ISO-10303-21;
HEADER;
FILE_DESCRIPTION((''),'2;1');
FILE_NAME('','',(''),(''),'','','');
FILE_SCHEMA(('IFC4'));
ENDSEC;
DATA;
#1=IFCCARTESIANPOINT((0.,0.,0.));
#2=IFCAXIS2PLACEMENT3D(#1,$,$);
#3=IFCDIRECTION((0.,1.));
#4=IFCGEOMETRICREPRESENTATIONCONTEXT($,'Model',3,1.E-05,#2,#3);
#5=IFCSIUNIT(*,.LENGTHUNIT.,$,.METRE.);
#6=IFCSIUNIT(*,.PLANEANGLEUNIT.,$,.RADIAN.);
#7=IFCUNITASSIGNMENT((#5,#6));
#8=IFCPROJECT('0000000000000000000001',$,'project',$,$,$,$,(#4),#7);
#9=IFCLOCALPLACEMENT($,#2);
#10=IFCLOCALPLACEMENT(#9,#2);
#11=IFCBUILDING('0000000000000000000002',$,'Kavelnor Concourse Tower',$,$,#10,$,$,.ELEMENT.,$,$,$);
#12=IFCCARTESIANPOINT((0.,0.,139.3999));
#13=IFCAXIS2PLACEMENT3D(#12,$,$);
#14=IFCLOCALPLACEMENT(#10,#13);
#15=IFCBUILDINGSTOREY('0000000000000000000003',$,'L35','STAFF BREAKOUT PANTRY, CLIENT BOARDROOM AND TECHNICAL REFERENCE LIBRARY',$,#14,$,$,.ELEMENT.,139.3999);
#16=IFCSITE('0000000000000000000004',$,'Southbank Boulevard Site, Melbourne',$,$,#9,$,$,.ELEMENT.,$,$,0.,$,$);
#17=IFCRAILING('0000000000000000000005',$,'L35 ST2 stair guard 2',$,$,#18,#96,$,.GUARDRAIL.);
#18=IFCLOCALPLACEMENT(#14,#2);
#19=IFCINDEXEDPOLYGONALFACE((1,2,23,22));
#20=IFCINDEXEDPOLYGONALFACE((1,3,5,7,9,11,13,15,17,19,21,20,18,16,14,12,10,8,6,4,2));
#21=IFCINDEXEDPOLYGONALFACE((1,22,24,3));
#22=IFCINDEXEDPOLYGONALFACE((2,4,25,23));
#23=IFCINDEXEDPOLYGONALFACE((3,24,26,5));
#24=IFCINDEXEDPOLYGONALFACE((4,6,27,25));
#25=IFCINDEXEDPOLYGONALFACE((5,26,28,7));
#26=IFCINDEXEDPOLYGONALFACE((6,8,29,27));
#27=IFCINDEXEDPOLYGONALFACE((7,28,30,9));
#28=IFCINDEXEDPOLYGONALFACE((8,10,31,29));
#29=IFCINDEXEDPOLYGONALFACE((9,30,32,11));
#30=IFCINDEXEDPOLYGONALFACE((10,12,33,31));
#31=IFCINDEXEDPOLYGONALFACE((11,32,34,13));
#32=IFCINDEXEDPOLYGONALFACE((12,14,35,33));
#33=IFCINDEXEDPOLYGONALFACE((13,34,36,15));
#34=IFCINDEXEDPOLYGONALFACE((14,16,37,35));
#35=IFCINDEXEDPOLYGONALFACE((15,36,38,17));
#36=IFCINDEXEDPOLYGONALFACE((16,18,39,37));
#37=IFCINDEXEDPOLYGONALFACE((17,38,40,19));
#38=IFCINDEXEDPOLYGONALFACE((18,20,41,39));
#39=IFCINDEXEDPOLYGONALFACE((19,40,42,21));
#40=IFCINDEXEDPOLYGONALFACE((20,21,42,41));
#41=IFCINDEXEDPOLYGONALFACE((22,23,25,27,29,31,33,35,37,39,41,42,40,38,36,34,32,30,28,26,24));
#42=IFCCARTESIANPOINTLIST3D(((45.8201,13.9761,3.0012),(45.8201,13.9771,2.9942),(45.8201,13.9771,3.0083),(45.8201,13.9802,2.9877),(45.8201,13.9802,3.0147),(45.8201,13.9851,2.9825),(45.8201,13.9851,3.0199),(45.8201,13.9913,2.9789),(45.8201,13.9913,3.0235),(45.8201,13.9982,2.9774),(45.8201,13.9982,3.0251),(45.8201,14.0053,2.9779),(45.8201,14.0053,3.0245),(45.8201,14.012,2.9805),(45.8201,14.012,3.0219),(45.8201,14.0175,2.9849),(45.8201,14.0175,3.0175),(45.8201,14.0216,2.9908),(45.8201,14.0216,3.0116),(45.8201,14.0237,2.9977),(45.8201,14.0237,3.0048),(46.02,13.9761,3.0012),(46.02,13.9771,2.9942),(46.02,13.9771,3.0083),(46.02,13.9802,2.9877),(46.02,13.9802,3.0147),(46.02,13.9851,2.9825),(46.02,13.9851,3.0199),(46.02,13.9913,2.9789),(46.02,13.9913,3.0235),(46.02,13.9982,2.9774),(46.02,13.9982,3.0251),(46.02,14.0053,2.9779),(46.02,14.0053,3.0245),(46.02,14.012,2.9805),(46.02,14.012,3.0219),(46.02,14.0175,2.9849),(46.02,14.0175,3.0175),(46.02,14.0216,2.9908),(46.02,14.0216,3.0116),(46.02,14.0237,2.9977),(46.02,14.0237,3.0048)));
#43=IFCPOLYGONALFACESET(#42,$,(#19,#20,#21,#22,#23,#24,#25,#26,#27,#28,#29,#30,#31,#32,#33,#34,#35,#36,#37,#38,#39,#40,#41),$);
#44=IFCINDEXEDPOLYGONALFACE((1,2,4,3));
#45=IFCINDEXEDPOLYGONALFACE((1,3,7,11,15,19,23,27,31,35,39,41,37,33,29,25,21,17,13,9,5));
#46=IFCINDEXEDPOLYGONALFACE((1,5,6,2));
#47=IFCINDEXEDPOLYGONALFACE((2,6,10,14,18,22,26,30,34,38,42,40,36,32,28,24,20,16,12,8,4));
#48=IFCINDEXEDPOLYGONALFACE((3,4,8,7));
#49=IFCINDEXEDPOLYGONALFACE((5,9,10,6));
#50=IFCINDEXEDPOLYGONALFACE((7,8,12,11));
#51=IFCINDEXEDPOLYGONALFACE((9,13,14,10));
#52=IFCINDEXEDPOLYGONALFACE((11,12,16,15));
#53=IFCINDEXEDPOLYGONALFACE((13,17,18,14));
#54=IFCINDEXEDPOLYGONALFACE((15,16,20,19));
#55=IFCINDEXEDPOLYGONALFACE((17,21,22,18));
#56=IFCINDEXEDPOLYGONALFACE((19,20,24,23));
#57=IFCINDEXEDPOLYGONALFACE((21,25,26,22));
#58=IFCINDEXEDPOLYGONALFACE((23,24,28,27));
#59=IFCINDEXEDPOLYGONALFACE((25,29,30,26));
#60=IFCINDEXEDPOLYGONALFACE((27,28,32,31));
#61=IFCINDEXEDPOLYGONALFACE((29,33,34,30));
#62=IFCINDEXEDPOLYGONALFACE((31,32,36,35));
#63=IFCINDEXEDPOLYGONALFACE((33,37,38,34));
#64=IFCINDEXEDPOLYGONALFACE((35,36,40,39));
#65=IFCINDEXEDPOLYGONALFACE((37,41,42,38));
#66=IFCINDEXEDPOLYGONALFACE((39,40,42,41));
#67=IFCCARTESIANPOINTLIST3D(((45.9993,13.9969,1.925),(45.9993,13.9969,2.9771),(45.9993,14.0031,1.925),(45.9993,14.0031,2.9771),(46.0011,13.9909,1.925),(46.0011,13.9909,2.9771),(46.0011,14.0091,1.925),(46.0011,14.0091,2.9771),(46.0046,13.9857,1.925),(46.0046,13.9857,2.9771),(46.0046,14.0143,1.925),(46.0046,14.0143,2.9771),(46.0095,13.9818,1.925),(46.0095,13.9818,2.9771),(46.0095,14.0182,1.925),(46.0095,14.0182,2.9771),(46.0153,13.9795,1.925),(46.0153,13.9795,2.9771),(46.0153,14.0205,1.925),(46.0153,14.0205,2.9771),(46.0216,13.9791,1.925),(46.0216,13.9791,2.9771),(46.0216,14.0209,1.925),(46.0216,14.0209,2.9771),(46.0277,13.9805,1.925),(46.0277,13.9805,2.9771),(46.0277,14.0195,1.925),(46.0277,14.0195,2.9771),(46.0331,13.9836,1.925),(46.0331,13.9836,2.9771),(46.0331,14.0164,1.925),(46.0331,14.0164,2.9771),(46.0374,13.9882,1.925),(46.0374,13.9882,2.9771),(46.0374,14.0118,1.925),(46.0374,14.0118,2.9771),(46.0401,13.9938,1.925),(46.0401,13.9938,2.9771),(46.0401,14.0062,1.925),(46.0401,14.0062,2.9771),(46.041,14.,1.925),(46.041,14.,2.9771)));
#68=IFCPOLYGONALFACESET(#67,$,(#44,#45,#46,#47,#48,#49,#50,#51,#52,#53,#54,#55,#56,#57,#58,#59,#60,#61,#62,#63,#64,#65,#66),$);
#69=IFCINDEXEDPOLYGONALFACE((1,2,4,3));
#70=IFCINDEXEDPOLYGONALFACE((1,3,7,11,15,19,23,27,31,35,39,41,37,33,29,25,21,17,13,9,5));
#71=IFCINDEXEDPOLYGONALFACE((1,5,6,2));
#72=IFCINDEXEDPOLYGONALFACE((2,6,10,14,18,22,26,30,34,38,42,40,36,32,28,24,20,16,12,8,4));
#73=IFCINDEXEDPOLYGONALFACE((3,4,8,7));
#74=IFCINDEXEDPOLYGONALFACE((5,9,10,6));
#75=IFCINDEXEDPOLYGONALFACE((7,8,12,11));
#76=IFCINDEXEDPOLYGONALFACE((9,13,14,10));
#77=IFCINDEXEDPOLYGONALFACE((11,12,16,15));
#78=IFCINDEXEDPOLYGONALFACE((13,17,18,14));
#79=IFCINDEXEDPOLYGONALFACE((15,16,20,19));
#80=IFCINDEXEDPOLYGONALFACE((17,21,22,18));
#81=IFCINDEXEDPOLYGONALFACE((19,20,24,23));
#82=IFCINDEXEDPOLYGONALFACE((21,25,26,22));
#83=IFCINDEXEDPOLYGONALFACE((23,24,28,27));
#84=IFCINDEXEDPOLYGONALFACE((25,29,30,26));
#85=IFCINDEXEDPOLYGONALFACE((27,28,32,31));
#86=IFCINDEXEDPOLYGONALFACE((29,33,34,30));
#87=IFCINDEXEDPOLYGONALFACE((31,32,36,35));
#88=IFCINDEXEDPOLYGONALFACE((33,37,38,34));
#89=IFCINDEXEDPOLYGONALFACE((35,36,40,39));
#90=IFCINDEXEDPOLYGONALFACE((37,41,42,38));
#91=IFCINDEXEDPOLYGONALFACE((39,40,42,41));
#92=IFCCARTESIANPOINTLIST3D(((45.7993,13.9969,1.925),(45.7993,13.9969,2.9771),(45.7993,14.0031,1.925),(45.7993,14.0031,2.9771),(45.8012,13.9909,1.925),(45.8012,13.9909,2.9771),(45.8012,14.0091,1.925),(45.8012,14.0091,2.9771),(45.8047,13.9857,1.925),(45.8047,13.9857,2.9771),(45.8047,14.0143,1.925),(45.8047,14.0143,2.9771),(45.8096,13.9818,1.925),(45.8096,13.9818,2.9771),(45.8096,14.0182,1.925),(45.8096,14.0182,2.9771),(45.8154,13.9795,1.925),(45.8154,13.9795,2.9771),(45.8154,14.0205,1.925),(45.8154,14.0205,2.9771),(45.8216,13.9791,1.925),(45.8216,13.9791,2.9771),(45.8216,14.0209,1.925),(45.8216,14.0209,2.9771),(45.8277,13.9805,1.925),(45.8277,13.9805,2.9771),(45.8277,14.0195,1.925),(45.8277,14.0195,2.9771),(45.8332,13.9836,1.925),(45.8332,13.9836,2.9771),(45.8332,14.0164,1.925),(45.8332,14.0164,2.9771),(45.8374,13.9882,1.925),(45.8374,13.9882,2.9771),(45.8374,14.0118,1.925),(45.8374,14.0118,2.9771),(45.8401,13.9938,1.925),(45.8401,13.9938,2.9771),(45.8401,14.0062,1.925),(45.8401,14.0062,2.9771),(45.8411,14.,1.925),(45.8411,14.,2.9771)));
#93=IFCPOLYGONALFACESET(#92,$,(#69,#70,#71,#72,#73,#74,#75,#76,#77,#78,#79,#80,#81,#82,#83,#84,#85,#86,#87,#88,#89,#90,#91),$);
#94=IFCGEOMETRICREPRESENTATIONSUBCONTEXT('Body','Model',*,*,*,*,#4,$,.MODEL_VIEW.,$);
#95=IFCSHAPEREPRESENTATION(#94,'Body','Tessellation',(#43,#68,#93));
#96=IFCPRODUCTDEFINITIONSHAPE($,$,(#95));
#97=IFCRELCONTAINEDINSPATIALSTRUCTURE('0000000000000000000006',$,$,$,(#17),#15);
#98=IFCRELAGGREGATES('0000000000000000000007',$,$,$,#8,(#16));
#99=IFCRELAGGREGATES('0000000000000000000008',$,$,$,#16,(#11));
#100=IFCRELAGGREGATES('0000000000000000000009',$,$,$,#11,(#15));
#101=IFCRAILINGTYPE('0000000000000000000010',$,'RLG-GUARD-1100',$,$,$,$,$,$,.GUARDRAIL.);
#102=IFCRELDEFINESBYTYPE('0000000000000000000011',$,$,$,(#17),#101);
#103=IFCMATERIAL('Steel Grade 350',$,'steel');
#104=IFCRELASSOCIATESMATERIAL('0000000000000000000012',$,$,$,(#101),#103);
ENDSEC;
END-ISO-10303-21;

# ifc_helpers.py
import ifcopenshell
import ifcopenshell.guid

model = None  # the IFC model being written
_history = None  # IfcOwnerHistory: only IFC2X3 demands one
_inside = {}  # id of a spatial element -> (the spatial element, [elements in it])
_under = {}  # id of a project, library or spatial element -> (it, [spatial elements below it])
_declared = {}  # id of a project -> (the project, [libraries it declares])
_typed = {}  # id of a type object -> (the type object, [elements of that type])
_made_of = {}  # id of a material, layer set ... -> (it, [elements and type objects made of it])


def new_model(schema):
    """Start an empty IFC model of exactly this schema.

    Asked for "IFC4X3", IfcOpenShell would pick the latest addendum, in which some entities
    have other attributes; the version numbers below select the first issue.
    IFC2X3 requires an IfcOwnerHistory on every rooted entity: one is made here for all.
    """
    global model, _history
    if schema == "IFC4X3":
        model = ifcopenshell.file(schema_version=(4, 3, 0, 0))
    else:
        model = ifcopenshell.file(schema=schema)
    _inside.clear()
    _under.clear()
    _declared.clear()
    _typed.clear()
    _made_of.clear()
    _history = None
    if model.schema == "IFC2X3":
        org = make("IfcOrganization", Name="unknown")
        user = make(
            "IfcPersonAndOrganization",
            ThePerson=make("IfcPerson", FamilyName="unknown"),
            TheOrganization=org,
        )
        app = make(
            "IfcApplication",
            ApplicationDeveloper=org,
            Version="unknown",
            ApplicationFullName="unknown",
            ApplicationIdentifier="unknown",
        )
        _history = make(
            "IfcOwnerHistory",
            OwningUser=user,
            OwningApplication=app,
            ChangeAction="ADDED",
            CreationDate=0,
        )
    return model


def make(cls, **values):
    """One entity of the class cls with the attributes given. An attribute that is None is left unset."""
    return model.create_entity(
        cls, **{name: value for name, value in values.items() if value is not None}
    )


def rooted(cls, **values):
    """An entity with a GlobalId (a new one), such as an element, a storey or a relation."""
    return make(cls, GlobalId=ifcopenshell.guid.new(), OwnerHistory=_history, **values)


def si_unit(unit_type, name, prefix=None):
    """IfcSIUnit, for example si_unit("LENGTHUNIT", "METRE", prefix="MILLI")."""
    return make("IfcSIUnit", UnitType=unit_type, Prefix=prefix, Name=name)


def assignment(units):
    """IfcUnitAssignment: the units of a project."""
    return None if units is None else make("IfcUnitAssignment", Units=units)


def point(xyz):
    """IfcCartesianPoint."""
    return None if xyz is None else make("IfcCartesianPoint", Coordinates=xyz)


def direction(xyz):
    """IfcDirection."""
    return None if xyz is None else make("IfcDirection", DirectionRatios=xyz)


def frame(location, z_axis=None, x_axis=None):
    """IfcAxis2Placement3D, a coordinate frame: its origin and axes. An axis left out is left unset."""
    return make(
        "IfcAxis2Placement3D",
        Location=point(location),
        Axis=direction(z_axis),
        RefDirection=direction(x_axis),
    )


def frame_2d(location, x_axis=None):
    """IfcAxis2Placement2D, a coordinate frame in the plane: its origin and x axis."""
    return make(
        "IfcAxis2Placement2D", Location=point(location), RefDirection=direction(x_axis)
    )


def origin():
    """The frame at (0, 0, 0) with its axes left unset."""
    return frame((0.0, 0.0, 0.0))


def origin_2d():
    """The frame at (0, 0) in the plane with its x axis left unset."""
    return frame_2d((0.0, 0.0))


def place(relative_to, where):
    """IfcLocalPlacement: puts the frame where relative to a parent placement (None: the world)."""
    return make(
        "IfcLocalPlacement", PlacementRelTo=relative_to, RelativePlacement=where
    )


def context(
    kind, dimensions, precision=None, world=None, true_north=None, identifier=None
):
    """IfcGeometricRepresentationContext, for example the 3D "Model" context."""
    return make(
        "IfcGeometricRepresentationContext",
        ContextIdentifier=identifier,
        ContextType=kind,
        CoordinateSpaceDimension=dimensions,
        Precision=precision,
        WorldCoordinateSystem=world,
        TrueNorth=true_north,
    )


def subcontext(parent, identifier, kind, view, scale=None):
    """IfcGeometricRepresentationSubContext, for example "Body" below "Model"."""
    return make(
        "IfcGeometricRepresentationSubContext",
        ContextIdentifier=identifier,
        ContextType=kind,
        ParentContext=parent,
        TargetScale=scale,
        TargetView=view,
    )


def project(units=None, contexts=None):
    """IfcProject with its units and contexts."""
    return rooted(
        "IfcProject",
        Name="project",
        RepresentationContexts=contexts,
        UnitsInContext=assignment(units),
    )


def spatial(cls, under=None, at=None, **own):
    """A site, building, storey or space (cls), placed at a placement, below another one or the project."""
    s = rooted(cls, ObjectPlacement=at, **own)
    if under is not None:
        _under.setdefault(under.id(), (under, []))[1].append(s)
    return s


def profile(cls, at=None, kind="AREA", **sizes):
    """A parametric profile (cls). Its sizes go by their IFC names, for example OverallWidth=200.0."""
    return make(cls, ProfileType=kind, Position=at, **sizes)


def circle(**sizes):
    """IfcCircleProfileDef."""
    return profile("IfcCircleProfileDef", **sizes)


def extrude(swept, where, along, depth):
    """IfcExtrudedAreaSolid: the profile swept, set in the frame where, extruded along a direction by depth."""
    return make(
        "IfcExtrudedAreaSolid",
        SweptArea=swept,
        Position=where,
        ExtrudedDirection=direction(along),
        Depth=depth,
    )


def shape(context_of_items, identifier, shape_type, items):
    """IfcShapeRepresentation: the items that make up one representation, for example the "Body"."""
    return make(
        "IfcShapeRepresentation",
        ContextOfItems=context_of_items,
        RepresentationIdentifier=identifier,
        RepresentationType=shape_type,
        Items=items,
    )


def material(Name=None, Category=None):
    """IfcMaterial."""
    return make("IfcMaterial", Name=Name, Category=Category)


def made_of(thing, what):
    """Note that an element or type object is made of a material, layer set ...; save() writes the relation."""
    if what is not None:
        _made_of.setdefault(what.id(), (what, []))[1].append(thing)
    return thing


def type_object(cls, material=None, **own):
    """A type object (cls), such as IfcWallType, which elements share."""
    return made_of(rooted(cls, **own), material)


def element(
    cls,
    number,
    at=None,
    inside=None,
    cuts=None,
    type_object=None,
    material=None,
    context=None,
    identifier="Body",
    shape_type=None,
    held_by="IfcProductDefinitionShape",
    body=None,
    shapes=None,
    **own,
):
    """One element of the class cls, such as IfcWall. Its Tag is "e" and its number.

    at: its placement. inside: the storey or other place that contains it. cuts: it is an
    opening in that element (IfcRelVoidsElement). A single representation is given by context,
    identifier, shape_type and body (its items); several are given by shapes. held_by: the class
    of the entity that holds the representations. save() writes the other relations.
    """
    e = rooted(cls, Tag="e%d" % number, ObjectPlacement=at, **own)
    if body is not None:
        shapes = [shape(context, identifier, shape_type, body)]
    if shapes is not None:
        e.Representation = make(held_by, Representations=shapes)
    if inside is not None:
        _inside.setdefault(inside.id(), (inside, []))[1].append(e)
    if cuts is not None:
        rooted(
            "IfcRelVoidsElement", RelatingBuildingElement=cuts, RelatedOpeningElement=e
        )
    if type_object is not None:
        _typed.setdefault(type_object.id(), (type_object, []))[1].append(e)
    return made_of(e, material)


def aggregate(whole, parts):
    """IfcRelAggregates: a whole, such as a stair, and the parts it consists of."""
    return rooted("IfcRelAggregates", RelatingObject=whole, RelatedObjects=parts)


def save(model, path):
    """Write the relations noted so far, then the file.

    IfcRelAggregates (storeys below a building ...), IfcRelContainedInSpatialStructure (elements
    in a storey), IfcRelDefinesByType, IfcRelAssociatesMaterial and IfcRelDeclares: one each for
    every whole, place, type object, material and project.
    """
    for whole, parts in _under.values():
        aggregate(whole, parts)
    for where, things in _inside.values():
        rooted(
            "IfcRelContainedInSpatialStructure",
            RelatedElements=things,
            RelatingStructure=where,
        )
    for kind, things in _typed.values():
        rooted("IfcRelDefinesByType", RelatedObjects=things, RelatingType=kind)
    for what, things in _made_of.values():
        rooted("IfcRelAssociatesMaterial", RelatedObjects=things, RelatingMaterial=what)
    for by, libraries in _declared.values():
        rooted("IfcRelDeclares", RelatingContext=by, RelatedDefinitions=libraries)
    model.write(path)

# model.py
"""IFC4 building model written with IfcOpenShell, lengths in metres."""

from ifc_helpers import new_model, si_unit, direction, frame, origin, origin_2d, place, context, subcontext, project, spatial, circle, extrude, material, type_object, element, save


model = new_model("IFC4")

# Units and contexts
model_context = context("Model", 3, precision=1e-05, world=origin(), true_north=direction((0.0, 1.0)))
body_context = subcontext(model_context, "Body", "Model", "MODEL_VIEW")
ifc_project = project(units=[si_unit("LENGTHUNIT", "METRE"), si_unit("PLANEANGLEUNIT", "RADIAN")], contexts=[model_context])

# Site, building, storey
site_placement = place(None, origin())
site = spatial("IfcSite", under=ifc_project, at=site_placement, Name="Southbank Boulevard Site, Melbourne", CompositionType="ELEMENT", RefElevation=0.0)
building_placement = place(site_placement, origin())
building = spatial("IfcBuilding", under=site, at=building_placement, Name="Kavelnor Concourse Tower", CompositionType="ELEMENT")
storey_placement = place(building_placement, frame((0.0, 0.0, 139.3999)))
storey = spatial("IfcBuildingStorey", under=building, at=storey_placement, Name="L35", Description="STAFF BREAKOUT PANTRY, CLIENT BOARDROOM AND TECHNICAL REFERENCE LIBRARY", CompositionType="ELEMENT", Elevation=139.3999)

# Shared definitions
ifc_material_1 = material(Name="Steel Grade 350", Category="steel")

# Railing
railing_type_1 = type_object("IfcRailingType", Name="RLG-GUARD-1100", PredefinedType="GUARDRAIL", material=ifc_material_1)
railing_1_placement = place(storey_placement, frame((46.02, 14.0, 1.925)))
element("IfcRailing", 1, at=railing_1_placement, inside=storey, type_object=railing_type_1, Name="L35 ST2 stair guard 2", PredefinedType="GUARDRAIL", context=body_context, shape_type="SweptSolid", body=[
    extrude(circle(Radius=0.0239, at=origin_2d()), frame((0.0, 0.0, 1.0762), z_axis=(-1.0, 0.0, 0.0), x_axis=(0.0, -1.0, 0.0)), (0.0, 0.0, 1.0), 0.2),
    extrude(circle(Radius=0.021, at=origin_2d()), origin(), (0.0, 0.0, 1.0), 1.052),
    extrude(circle(Radius=0.021, at=origin_2d()), frame((-0.2, 0.0, 0.0)), (0.0, 0.0, 1.0), 1.052),
])

save(model, "model.ifc")
